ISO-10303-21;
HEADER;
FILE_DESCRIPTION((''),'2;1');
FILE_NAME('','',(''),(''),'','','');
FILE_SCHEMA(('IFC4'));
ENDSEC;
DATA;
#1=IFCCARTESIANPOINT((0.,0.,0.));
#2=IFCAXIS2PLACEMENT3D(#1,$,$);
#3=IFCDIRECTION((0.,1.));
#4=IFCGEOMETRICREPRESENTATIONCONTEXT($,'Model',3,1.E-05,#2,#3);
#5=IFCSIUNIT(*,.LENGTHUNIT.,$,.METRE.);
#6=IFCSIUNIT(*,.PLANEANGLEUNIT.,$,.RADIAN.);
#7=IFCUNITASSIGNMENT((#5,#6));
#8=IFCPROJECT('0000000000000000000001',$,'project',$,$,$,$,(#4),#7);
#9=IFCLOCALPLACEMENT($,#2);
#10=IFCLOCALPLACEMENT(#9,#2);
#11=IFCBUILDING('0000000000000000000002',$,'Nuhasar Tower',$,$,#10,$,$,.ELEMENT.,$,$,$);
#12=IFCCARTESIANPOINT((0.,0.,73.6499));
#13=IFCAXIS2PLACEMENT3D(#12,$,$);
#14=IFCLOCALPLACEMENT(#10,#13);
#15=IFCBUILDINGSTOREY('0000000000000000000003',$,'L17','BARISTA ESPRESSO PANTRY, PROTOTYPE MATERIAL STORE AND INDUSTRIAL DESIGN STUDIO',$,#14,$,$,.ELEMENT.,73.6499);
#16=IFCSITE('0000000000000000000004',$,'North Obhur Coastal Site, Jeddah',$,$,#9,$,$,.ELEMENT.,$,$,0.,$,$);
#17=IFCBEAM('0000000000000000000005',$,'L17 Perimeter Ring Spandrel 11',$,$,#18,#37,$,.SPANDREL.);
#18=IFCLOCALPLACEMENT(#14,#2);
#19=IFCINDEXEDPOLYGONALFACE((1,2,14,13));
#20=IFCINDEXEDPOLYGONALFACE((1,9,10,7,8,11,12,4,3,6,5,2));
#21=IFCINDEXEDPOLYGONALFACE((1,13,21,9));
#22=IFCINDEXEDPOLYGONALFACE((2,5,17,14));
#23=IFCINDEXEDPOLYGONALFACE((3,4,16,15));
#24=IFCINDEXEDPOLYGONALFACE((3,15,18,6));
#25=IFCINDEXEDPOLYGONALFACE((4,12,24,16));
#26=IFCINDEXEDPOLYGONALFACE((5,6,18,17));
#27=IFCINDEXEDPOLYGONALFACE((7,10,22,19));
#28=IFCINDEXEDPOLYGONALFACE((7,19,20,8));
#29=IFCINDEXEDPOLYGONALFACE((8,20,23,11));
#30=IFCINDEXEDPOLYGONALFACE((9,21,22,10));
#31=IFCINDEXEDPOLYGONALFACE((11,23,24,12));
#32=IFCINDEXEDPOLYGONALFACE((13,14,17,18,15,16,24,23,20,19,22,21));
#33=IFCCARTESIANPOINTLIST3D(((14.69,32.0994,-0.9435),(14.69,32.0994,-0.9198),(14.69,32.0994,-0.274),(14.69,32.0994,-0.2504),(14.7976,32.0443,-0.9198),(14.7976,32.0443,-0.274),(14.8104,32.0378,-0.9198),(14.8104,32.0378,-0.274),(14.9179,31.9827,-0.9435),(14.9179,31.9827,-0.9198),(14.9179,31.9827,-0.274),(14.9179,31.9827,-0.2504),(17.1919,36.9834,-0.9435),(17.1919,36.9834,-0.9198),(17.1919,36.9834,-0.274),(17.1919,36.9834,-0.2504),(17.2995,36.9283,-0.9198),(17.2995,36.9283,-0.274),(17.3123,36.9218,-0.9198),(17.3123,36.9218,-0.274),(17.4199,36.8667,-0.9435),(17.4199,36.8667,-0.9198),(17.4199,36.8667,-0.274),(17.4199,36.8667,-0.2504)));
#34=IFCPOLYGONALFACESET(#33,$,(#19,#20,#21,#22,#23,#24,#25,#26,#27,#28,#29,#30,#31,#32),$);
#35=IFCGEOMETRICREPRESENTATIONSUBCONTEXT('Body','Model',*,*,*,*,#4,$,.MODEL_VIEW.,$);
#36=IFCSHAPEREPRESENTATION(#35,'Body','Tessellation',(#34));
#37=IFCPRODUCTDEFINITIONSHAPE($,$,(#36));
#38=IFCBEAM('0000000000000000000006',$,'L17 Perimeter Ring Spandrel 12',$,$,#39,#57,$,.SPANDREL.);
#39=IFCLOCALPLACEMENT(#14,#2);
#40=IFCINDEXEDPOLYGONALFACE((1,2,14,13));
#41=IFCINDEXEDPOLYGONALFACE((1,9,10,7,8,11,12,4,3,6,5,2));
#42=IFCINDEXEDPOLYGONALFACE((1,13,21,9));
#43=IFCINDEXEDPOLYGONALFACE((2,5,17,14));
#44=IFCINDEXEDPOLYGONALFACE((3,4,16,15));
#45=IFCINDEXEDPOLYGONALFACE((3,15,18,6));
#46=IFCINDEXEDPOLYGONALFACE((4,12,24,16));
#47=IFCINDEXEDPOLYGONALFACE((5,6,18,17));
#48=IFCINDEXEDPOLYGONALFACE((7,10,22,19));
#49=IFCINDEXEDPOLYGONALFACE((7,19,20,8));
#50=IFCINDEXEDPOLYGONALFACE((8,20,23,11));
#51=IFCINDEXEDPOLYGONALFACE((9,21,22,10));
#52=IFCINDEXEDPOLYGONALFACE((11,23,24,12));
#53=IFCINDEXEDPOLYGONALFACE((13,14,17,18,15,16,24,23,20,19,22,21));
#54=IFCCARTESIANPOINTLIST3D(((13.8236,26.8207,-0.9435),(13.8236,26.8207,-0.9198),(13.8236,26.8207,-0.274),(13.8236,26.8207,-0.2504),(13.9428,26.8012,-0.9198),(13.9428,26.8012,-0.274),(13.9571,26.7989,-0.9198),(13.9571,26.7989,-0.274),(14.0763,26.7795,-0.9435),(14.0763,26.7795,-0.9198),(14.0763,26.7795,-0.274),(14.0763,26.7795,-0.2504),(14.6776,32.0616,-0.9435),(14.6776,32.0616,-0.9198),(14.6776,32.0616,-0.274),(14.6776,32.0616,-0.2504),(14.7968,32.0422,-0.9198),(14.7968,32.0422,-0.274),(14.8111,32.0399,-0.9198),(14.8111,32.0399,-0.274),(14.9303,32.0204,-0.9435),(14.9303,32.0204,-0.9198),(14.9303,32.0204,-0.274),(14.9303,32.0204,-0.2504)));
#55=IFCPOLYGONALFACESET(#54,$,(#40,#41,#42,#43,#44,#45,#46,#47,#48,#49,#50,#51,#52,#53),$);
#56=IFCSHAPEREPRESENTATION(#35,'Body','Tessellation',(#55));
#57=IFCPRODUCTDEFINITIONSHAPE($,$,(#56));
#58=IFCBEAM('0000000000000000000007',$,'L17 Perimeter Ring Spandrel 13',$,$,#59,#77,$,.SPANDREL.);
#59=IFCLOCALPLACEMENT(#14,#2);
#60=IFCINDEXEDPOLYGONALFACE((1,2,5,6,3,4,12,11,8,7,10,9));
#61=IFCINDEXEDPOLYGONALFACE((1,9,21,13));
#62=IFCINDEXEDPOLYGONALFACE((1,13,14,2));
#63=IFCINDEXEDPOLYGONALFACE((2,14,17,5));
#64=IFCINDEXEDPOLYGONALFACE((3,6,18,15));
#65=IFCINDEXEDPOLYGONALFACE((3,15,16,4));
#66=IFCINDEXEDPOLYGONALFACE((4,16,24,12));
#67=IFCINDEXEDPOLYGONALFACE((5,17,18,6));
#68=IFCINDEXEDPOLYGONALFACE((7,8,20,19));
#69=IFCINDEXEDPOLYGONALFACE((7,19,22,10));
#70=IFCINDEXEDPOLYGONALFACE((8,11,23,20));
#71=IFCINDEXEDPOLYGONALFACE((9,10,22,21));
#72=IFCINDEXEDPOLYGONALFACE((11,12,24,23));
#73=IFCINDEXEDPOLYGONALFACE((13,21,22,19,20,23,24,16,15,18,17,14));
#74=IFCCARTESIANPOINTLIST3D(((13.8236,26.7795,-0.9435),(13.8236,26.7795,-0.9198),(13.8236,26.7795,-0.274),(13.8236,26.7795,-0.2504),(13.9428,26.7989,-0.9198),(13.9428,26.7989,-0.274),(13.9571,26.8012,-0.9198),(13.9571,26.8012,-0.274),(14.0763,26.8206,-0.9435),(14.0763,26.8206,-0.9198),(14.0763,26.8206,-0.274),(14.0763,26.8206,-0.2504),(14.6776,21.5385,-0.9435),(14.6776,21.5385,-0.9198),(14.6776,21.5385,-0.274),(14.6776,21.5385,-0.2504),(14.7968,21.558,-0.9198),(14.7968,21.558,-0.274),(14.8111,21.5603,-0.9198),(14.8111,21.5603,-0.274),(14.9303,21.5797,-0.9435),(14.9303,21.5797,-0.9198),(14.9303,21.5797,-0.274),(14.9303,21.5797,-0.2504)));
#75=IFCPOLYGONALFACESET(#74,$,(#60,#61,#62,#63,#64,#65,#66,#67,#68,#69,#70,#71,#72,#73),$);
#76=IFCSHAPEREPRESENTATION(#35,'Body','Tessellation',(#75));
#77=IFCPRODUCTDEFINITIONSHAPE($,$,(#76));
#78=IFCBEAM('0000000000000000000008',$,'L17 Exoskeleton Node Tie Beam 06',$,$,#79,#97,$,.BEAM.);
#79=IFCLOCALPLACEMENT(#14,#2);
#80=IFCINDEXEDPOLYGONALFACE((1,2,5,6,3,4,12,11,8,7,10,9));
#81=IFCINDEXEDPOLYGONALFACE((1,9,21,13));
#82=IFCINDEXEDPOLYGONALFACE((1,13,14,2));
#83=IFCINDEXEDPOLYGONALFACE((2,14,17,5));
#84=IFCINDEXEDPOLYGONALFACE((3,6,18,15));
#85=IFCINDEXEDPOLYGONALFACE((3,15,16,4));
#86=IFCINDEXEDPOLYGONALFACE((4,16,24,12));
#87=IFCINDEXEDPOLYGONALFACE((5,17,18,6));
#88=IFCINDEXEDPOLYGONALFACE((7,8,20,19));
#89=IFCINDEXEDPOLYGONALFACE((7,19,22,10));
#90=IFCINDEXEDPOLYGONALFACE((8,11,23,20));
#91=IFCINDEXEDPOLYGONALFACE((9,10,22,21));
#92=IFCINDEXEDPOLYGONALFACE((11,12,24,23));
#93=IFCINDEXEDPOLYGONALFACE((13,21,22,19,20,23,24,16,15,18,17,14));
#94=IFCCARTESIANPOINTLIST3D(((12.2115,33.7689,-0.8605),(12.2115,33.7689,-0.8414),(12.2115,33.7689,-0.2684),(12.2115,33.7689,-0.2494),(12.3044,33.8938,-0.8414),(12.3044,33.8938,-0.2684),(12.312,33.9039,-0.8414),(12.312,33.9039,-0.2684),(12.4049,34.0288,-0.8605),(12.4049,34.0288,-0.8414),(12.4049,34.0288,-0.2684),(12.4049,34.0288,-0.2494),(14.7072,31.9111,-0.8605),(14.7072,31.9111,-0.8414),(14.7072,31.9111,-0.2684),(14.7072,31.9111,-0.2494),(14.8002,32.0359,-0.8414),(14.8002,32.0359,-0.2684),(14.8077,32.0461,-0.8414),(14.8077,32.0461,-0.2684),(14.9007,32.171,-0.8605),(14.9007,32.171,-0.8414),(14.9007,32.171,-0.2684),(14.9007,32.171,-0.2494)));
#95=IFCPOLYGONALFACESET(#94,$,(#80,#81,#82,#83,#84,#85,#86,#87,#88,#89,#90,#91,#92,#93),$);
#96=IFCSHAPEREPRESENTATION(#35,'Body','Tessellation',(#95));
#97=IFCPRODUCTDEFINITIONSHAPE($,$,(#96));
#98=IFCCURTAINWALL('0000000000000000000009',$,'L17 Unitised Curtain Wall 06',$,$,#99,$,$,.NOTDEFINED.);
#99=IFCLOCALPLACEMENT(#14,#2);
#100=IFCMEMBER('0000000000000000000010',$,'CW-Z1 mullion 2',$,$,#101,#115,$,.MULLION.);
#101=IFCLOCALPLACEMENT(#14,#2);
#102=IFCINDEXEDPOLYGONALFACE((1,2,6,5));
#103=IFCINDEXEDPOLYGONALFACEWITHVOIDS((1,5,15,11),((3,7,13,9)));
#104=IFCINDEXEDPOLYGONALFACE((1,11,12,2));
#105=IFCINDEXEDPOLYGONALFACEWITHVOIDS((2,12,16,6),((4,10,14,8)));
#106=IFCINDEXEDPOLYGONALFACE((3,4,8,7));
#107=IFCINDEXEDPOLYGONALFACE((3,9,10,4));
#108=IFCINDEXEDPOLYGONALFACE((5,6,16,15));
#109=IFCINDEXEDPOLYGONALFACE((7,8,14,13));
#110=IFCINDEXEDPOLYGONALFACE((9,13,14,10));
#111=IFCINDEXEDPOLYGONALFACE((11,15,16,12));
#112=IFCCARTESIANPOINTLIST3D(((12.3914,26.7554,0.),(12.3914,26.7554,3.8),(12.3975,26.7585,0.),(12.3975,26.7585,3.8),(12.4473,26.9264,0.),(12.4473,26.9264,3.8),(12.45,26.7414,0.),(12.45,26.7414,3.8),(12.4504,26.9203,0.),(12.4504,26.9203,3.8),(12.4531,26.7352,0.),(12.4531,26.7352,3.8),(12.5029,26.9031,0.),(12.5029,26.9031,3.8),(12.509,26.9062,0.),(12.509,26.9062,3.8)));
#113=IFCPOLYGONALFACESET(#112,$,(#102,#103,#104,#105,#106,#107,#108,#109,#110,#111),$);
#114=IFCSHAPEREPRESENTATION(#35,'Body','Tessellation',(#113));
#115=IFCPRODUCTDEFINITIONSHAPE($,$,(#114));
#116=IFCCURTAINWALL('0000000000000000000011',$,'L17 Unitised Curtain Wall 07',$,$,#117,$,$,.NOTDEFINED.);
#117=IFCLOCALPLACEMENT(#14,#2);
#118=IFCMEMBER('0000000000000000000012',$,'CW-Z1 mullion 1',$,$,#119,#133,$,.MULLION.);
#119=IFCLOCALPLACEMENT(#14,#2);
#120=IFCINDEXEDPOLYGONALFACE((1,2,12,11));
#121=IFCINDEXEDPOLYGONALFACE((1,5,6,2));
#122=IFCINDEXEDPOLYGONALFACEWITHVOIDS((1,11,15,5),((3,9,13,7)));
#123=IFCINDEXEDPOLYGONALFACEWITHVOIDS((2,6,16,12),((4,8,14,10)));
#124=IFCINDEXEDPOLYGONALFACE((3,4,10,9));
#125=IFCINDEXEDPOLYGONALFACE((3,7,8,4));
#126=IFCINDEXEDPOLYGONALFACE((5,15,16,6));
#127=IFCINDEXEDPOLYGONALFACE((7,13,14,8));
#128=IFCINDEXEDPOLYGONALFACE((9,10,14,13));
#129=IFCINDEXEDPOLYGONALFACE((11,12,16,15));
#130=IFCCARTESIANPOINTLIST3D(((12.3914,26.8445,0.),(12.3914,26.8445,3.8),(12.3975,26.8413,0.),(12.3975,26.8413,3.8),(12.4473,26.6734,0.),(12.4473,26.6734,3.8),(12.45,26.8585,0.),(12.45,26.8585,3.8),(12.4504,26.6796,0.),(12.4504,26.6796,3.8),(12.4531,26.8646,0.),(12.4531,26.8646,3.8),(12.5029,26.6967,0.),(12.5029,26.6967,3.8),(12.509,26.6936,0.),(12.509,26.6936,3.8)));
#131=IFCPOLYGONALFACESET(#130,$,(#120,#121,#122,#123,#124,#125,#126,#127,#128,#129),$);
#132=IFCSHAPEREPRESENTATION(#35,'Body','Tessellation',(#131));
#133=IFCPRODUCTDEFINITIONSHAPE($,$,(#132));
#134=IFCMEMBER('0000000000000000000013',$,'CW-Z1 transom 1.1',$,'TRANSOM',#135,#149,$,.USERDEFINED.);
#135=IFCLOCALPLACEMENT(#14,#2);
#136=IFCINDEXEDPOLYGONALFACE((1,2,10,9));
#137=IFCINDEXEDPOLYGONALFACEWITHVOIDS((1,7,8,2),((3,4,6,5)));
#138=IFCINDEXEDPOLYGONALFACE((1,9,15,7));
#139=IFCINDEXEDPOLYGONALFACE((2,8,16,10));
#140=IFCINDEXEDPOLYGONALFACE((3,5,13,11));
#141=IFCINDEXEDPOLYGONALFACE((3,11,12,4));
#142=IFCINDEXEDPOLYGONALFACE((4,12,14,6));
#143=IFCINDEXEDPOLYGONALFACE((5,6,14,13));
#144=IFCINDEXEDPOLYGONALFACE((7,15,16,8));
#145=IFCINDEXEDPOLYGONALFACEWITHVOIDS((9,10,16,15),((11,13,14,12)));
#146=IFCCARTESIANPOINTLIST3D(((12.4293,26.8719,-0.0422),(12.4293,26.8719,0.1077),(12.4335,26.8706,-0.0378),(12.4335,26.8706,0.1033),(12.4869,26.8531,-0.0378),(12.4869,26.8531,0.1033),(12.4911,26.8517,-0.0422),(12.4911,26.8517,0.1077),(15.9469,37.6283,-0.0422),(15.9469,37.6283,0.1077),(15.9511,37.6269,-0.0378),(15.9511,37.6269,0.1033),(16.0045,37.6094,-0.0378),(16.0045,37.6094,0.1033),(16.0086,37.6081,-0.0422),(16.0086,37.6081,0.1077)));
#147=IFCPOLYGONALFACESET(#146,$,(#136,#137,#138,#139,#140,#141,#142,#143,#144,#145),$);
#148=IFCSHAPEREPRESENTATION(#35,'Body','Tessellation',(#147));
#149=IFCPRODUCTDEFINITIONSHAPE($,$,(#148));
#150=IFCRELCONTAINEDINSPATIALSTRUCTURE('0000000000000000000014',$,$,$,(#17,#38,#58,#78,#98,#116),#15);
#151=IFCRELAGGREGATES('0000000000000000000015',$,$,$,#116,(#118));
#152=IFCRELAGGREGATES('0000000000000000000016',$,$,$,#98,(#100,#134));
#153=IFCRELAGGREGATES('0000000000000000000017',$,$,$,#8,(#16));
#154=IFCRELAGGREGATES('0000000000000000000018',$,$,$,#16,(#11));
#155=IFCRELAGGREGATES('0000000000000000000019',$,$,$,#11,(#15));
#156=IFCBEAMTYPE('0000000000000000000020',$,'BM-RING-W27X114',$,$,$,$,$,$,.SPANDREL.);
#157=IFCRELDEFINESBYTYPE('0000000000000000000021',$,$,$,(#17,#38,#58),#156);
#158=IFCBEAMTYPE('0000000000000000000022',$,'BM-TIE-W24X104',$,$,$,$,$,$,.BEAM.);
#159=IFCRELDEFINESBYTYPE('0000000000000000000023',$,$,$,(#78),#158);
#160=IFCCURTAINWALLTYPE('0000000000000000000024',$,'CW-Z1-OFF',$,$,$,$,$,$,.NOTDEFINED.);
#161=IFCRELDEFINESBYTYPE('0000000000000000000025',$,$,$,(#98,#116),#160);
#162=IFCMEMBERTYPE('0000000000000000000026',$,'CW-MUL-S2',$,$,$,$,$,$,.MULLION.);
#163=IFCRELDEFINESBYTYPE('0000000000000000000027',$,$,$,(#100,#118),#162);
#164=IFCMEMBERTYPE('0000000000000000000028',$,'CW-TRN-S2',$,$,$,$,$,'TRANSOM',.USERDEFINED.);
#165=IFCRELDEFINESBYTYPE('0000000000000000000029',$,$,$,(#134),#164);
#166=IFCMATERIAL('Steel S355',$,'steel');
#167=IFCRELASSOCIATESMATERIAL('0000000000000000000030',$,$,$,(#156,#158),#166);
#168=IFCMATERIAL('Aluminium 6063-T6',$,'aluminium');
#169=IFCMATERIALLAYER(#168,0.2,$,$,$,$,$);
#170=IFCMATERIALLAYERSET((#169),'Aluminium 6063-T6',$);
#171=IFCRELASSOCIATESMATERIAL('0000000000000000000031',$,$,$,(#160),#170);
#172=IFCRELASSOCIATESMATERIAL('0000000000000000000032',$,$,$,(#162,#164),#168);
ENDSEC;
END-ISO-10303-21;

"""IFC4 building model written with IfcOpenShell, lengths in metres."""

from ifc_helpers import new_model, si_unit, direction, frame, origin, origin_2d, place, context, subcontext, project, spatial, hollow_rectangle, i_section, extrude, material, layer, layer_set, material_profile, profile_set, type_object, element, aggregate, save


model = new_model("IFC4")

# Units and contexts
model_context = context("Model", 3, precision=1e-05, world=origin(), true_north=direction((0.0, 1.0)))
body_context = subcontext(model_context, "Body", "Model", "MODEL_VIEW")
ifc_project = project(units=[si_unit("LENGTHUNIT", "METRE"), si_unit("PLANEANGLEUNIT", "RADIAN")], contexts=[model_context])

# Site, building, storey
site_placement = place(None, origin())
site = spatial("IfcSite", under=ifc_project, at=site_placement, Name="North Obhur Coastal Site, Jeddah", CompositionType="ELEMENT", RefElevation=0.0)
building_placement = place(site_placement, origin())
building = spatial("IfcBuilding", under=site, at=building_placement, Name="Nuhasar Tower", CompositionType="ELEMENT")
storey_placement = place(building_placement, frame((0.0, 0.0, 73.6499)))
storey = spatial("IfcBuildingStorey", under=building, at=storey_placement, Name="L17", Description="BARISTA ESPRESSO PANTRY, PROTOTYPE MATERIAL STORE AND INDUSTRIAL DESIGN STUDIO", CompositionType="ELEMENT", Elevation=73.6499)

# Beams
ifc_material_1 = material(Name="Steel S355", Category="steel")
ifc_material_profile_1 = material_profile(ifc_material_1, i_section(OverallWidth=0.2561, OverallDepth=0.6931, WebThickness=0.0144, FlangeThickness=0.0237, at=origin_2d()), Name="W27X114")
ifc_profile_set_1 = profile_set([ifc_material_profile_1], Name="Steel S355")
beam_type_1 = type_object("IfcBeamType", Name="BM-RING-W27X114", PredefinedType="SPANDREL", material=ifc_profile_set_1)
beam_1_placement = place(storey_placement, frame((17.3059, 36.925, -0.5969), z_axis=(-0.45593, -0.890016, 0.0), x_axis=(0.890016, -0.45593, 0.0)))
element("IfcBeam", 1, at=beam_1_placement, inside=storey, type_object=beam_type_1, Name="L17 Perimeter Ring Spandrel 11", PredefinedType="SPANDREL", context=body_context, shape_type="SweptSolid", body=[
    extrude(i_section(OverallWidth=0.2561, OverallDepth=0.6931, WebThickness=0.0144, FlangeThickness=0.0237, at=origin_2d()), origin(), (0.0, 0.0, 1.0), 5.4875),
])
for number, where, z_axis, x_axis, name in (
    (2, (14.804, 32.041, -0.5969), (-0.160827, -0.986983, 0.0), (0.986983, -0.160827, 0.0), "L17 Perimeter Ring Spandrel 12"),
    (3, (13.95, 26.8, -0.5969), (0.160827, -0.986983, 0.0), (0.986983, 0.160827, 0.0), "L17 Perimeter Ring Spandrel 13"),
):
    element("IfcBeam", number, at=place(storey_placement, frame(where, z_axis=z_axis, x_axis=x_axis)), inside=storey, type_object=beam_type_1, Name=name, PredefinedType="SPANDREL", context=body_context, shape_type="SweptSolid", body=[
        extrude(i_section(OverallWidth=0.2561, OverallDepth=0.6931, WebThickness=0.0144, FlangeThickness=0.0237, at=origin_2d()), origin(), (0.0, 0.0, 1.0), 5.3101),
    ])
ifc_material_profile_2 = material_profile(ifc_material_1, i_section(OverallWidth=0.324, OverallDepth=0.6111, WebThickness=0.0127, FlangeThickness=0.019, at=origin_2d()), Name="W24X104")
ifc_profile_set_2 = profile_set([ifc_material_profile_2], Name="Steel S355")
beam_type_2 = type_object("IfcBeamType", Name="BM-TIE-W24X104", PredefinedType="BEAM", material=ifc_profile_set_2)
beam_2_placement = place(storey_placement, frame((14.804, 32.041, -0.5549), z_axis=(-0.802151, 0.597121, 0.0), x_axis=(-0.597121, -0.802151, 0.0)))
element("IfcBeam", 4, at=beam_2_placement, inside=storey, type_object=beam_type_2, Name="L17 Exoskeleton Node Tie Beam 06", PredefinedType="BEAM", context=body_context, shape_type="SweptSolid", body=[
    extrude(i_section(OverallWidth=0.324, OverallDepth=0.6111, WebThickness=0.0127, FlangeThickness=0.019, at=origin_2d()), origin(), (0.0, 0.0, 1.0), 3.1113),
])

# Curtain walls, members
ifc_material_2 = material(Name="Aluminium 6063-T6", Category="aluminium")
ifc_layer_1 = layer(ifc_material_2, 0.2)
ifc_layer_set_1 = layer_set([ifc_layer_1], Name="Aluminium 6063-T6")
curtain_wall_type = type_object("IfcCurtainWallType", Name="CW-Z1-OFF", PredefinedType="NOTDEFINED", material=ifc_layer_set_1)
curtain_wall_1_placement = place(storey_placement, origin())
curtain_wall_1 = element("IfcCurtainWall", 5, at=curtain_wall_1_placement, inside=storey, type_object=curtain_wall_type, Name="L17 Unitised Curtain Wall 06", PredefinedType="NOTDEFINED")
ifc_material_profile_3 = material_profile(ifc_material_2, hollow_rectangle(XDim=0.0649, YDim=0.1799, WallThickness=0.0049, at=origin_2d()), Name="CWM-2")
ifc_profile_set_3 = profile_set([ifc_material_profile_3], Name="Aluminium 6063-T6")
member_type_1 = type_object("IfcMemberType", Name="CW-MUL-S2", PredefinedType="MULLION", material=ifc_profile_set_3)
member_1_placement = place(storey_placement, frame((12.4502, 26.8308, 0.0), z_axis=(0.0, 0.0, 1.0), x_axis=(0.950468, -0.310824, 0.0)))
member_1 = element("IfcMember", 6, at=member_1_placement, type_object=member_type_1, Name="CW-Z1 mullion 2", PredefinedType="MULLION", context=body_context, shape_type="SweptSolid", body=[
    extrude(hollow_rectangle(XDim=0.0649, YDim=0.1799, WallThickness=0.0049, at=origin_2d()), origin(), (0.0, 0.0, 1.0), 3.8),
])
curtain_wall_2_placement = place(storey_placement, origin())
curtain_wall_2 = element("IfcCurtainWall", 7, at=curtain_wall_2_placement, inside=storey, type_object=curtain_wall_type, Name="L17 Unitised Curtain Wall 07", PredefinedType="NOTDEFINED")
member_2_placement = place(storey_placement, frame((12.4502, 26.769, 0.0), z_axis=(0.0, 0.0, 1.0), x_axis=(0.950468, 0.310824, 0.0)))
member_2 = element("IfcMember", 8, at=member_2_placement, type_object=member_type_1, Name="CW-Z1 mullion 1", PredefinedType="MULLION", context=body_context, shape_type="SweptSolid", body=[
    extrude(hollow_rectangle(XDim=0.0649, YDim=0.1799, WallThickness=0.0049, at=origin_2d()), origin(), (0.0, 0.0, 1.0), 3.8),
])
aggregate(curtain_wall_2, [member_2])

# Member
ifc_material_profile_4 = material_profile(ifc_material_2, hollow_rectangle(XDim=0.0649, YDim=0.1499, WallThickness=0.0044, at=origin_2d()), Name="CWT-2")
ifc_profile_set_4 = profile_set([ifc_material_profile_4], Name="Aluminium 6063-T6")
member_type_2 = type_object("IfcMemberType", Name="CW-TRN-S2", ElementType="TRANSOM", PredefinedType="USERDEFINED", material=ifc_profile_set_4)
member_3_placement = place(storey_placement, frame((15.9778, 37.6182, 0.0327), z_axis=(-0.310825, -0.950467, 0.0), x_axis=(0.950467, -0.310825, 0.0)))
member_3 = element("IfcMember", 9, at=member_3_placement, type_object=member_type_2, Name="CW-Z1 transom 1.1", ObjectType="TRANSOM", PredefinedType="USERDEFINED", context=body_context, shape_type="SweptSolid", body=[
    extrude(hollow_rectangle(XDim=0.0649, YDim=0.1499, WallThickness=0.0044, at=origin_2d()), origin(), (0.0, 0.0, 1.0), 11.3169),
])

aggregate(curtain_wall_1, [member_1, member_3])

save(model, "model.ifc")
